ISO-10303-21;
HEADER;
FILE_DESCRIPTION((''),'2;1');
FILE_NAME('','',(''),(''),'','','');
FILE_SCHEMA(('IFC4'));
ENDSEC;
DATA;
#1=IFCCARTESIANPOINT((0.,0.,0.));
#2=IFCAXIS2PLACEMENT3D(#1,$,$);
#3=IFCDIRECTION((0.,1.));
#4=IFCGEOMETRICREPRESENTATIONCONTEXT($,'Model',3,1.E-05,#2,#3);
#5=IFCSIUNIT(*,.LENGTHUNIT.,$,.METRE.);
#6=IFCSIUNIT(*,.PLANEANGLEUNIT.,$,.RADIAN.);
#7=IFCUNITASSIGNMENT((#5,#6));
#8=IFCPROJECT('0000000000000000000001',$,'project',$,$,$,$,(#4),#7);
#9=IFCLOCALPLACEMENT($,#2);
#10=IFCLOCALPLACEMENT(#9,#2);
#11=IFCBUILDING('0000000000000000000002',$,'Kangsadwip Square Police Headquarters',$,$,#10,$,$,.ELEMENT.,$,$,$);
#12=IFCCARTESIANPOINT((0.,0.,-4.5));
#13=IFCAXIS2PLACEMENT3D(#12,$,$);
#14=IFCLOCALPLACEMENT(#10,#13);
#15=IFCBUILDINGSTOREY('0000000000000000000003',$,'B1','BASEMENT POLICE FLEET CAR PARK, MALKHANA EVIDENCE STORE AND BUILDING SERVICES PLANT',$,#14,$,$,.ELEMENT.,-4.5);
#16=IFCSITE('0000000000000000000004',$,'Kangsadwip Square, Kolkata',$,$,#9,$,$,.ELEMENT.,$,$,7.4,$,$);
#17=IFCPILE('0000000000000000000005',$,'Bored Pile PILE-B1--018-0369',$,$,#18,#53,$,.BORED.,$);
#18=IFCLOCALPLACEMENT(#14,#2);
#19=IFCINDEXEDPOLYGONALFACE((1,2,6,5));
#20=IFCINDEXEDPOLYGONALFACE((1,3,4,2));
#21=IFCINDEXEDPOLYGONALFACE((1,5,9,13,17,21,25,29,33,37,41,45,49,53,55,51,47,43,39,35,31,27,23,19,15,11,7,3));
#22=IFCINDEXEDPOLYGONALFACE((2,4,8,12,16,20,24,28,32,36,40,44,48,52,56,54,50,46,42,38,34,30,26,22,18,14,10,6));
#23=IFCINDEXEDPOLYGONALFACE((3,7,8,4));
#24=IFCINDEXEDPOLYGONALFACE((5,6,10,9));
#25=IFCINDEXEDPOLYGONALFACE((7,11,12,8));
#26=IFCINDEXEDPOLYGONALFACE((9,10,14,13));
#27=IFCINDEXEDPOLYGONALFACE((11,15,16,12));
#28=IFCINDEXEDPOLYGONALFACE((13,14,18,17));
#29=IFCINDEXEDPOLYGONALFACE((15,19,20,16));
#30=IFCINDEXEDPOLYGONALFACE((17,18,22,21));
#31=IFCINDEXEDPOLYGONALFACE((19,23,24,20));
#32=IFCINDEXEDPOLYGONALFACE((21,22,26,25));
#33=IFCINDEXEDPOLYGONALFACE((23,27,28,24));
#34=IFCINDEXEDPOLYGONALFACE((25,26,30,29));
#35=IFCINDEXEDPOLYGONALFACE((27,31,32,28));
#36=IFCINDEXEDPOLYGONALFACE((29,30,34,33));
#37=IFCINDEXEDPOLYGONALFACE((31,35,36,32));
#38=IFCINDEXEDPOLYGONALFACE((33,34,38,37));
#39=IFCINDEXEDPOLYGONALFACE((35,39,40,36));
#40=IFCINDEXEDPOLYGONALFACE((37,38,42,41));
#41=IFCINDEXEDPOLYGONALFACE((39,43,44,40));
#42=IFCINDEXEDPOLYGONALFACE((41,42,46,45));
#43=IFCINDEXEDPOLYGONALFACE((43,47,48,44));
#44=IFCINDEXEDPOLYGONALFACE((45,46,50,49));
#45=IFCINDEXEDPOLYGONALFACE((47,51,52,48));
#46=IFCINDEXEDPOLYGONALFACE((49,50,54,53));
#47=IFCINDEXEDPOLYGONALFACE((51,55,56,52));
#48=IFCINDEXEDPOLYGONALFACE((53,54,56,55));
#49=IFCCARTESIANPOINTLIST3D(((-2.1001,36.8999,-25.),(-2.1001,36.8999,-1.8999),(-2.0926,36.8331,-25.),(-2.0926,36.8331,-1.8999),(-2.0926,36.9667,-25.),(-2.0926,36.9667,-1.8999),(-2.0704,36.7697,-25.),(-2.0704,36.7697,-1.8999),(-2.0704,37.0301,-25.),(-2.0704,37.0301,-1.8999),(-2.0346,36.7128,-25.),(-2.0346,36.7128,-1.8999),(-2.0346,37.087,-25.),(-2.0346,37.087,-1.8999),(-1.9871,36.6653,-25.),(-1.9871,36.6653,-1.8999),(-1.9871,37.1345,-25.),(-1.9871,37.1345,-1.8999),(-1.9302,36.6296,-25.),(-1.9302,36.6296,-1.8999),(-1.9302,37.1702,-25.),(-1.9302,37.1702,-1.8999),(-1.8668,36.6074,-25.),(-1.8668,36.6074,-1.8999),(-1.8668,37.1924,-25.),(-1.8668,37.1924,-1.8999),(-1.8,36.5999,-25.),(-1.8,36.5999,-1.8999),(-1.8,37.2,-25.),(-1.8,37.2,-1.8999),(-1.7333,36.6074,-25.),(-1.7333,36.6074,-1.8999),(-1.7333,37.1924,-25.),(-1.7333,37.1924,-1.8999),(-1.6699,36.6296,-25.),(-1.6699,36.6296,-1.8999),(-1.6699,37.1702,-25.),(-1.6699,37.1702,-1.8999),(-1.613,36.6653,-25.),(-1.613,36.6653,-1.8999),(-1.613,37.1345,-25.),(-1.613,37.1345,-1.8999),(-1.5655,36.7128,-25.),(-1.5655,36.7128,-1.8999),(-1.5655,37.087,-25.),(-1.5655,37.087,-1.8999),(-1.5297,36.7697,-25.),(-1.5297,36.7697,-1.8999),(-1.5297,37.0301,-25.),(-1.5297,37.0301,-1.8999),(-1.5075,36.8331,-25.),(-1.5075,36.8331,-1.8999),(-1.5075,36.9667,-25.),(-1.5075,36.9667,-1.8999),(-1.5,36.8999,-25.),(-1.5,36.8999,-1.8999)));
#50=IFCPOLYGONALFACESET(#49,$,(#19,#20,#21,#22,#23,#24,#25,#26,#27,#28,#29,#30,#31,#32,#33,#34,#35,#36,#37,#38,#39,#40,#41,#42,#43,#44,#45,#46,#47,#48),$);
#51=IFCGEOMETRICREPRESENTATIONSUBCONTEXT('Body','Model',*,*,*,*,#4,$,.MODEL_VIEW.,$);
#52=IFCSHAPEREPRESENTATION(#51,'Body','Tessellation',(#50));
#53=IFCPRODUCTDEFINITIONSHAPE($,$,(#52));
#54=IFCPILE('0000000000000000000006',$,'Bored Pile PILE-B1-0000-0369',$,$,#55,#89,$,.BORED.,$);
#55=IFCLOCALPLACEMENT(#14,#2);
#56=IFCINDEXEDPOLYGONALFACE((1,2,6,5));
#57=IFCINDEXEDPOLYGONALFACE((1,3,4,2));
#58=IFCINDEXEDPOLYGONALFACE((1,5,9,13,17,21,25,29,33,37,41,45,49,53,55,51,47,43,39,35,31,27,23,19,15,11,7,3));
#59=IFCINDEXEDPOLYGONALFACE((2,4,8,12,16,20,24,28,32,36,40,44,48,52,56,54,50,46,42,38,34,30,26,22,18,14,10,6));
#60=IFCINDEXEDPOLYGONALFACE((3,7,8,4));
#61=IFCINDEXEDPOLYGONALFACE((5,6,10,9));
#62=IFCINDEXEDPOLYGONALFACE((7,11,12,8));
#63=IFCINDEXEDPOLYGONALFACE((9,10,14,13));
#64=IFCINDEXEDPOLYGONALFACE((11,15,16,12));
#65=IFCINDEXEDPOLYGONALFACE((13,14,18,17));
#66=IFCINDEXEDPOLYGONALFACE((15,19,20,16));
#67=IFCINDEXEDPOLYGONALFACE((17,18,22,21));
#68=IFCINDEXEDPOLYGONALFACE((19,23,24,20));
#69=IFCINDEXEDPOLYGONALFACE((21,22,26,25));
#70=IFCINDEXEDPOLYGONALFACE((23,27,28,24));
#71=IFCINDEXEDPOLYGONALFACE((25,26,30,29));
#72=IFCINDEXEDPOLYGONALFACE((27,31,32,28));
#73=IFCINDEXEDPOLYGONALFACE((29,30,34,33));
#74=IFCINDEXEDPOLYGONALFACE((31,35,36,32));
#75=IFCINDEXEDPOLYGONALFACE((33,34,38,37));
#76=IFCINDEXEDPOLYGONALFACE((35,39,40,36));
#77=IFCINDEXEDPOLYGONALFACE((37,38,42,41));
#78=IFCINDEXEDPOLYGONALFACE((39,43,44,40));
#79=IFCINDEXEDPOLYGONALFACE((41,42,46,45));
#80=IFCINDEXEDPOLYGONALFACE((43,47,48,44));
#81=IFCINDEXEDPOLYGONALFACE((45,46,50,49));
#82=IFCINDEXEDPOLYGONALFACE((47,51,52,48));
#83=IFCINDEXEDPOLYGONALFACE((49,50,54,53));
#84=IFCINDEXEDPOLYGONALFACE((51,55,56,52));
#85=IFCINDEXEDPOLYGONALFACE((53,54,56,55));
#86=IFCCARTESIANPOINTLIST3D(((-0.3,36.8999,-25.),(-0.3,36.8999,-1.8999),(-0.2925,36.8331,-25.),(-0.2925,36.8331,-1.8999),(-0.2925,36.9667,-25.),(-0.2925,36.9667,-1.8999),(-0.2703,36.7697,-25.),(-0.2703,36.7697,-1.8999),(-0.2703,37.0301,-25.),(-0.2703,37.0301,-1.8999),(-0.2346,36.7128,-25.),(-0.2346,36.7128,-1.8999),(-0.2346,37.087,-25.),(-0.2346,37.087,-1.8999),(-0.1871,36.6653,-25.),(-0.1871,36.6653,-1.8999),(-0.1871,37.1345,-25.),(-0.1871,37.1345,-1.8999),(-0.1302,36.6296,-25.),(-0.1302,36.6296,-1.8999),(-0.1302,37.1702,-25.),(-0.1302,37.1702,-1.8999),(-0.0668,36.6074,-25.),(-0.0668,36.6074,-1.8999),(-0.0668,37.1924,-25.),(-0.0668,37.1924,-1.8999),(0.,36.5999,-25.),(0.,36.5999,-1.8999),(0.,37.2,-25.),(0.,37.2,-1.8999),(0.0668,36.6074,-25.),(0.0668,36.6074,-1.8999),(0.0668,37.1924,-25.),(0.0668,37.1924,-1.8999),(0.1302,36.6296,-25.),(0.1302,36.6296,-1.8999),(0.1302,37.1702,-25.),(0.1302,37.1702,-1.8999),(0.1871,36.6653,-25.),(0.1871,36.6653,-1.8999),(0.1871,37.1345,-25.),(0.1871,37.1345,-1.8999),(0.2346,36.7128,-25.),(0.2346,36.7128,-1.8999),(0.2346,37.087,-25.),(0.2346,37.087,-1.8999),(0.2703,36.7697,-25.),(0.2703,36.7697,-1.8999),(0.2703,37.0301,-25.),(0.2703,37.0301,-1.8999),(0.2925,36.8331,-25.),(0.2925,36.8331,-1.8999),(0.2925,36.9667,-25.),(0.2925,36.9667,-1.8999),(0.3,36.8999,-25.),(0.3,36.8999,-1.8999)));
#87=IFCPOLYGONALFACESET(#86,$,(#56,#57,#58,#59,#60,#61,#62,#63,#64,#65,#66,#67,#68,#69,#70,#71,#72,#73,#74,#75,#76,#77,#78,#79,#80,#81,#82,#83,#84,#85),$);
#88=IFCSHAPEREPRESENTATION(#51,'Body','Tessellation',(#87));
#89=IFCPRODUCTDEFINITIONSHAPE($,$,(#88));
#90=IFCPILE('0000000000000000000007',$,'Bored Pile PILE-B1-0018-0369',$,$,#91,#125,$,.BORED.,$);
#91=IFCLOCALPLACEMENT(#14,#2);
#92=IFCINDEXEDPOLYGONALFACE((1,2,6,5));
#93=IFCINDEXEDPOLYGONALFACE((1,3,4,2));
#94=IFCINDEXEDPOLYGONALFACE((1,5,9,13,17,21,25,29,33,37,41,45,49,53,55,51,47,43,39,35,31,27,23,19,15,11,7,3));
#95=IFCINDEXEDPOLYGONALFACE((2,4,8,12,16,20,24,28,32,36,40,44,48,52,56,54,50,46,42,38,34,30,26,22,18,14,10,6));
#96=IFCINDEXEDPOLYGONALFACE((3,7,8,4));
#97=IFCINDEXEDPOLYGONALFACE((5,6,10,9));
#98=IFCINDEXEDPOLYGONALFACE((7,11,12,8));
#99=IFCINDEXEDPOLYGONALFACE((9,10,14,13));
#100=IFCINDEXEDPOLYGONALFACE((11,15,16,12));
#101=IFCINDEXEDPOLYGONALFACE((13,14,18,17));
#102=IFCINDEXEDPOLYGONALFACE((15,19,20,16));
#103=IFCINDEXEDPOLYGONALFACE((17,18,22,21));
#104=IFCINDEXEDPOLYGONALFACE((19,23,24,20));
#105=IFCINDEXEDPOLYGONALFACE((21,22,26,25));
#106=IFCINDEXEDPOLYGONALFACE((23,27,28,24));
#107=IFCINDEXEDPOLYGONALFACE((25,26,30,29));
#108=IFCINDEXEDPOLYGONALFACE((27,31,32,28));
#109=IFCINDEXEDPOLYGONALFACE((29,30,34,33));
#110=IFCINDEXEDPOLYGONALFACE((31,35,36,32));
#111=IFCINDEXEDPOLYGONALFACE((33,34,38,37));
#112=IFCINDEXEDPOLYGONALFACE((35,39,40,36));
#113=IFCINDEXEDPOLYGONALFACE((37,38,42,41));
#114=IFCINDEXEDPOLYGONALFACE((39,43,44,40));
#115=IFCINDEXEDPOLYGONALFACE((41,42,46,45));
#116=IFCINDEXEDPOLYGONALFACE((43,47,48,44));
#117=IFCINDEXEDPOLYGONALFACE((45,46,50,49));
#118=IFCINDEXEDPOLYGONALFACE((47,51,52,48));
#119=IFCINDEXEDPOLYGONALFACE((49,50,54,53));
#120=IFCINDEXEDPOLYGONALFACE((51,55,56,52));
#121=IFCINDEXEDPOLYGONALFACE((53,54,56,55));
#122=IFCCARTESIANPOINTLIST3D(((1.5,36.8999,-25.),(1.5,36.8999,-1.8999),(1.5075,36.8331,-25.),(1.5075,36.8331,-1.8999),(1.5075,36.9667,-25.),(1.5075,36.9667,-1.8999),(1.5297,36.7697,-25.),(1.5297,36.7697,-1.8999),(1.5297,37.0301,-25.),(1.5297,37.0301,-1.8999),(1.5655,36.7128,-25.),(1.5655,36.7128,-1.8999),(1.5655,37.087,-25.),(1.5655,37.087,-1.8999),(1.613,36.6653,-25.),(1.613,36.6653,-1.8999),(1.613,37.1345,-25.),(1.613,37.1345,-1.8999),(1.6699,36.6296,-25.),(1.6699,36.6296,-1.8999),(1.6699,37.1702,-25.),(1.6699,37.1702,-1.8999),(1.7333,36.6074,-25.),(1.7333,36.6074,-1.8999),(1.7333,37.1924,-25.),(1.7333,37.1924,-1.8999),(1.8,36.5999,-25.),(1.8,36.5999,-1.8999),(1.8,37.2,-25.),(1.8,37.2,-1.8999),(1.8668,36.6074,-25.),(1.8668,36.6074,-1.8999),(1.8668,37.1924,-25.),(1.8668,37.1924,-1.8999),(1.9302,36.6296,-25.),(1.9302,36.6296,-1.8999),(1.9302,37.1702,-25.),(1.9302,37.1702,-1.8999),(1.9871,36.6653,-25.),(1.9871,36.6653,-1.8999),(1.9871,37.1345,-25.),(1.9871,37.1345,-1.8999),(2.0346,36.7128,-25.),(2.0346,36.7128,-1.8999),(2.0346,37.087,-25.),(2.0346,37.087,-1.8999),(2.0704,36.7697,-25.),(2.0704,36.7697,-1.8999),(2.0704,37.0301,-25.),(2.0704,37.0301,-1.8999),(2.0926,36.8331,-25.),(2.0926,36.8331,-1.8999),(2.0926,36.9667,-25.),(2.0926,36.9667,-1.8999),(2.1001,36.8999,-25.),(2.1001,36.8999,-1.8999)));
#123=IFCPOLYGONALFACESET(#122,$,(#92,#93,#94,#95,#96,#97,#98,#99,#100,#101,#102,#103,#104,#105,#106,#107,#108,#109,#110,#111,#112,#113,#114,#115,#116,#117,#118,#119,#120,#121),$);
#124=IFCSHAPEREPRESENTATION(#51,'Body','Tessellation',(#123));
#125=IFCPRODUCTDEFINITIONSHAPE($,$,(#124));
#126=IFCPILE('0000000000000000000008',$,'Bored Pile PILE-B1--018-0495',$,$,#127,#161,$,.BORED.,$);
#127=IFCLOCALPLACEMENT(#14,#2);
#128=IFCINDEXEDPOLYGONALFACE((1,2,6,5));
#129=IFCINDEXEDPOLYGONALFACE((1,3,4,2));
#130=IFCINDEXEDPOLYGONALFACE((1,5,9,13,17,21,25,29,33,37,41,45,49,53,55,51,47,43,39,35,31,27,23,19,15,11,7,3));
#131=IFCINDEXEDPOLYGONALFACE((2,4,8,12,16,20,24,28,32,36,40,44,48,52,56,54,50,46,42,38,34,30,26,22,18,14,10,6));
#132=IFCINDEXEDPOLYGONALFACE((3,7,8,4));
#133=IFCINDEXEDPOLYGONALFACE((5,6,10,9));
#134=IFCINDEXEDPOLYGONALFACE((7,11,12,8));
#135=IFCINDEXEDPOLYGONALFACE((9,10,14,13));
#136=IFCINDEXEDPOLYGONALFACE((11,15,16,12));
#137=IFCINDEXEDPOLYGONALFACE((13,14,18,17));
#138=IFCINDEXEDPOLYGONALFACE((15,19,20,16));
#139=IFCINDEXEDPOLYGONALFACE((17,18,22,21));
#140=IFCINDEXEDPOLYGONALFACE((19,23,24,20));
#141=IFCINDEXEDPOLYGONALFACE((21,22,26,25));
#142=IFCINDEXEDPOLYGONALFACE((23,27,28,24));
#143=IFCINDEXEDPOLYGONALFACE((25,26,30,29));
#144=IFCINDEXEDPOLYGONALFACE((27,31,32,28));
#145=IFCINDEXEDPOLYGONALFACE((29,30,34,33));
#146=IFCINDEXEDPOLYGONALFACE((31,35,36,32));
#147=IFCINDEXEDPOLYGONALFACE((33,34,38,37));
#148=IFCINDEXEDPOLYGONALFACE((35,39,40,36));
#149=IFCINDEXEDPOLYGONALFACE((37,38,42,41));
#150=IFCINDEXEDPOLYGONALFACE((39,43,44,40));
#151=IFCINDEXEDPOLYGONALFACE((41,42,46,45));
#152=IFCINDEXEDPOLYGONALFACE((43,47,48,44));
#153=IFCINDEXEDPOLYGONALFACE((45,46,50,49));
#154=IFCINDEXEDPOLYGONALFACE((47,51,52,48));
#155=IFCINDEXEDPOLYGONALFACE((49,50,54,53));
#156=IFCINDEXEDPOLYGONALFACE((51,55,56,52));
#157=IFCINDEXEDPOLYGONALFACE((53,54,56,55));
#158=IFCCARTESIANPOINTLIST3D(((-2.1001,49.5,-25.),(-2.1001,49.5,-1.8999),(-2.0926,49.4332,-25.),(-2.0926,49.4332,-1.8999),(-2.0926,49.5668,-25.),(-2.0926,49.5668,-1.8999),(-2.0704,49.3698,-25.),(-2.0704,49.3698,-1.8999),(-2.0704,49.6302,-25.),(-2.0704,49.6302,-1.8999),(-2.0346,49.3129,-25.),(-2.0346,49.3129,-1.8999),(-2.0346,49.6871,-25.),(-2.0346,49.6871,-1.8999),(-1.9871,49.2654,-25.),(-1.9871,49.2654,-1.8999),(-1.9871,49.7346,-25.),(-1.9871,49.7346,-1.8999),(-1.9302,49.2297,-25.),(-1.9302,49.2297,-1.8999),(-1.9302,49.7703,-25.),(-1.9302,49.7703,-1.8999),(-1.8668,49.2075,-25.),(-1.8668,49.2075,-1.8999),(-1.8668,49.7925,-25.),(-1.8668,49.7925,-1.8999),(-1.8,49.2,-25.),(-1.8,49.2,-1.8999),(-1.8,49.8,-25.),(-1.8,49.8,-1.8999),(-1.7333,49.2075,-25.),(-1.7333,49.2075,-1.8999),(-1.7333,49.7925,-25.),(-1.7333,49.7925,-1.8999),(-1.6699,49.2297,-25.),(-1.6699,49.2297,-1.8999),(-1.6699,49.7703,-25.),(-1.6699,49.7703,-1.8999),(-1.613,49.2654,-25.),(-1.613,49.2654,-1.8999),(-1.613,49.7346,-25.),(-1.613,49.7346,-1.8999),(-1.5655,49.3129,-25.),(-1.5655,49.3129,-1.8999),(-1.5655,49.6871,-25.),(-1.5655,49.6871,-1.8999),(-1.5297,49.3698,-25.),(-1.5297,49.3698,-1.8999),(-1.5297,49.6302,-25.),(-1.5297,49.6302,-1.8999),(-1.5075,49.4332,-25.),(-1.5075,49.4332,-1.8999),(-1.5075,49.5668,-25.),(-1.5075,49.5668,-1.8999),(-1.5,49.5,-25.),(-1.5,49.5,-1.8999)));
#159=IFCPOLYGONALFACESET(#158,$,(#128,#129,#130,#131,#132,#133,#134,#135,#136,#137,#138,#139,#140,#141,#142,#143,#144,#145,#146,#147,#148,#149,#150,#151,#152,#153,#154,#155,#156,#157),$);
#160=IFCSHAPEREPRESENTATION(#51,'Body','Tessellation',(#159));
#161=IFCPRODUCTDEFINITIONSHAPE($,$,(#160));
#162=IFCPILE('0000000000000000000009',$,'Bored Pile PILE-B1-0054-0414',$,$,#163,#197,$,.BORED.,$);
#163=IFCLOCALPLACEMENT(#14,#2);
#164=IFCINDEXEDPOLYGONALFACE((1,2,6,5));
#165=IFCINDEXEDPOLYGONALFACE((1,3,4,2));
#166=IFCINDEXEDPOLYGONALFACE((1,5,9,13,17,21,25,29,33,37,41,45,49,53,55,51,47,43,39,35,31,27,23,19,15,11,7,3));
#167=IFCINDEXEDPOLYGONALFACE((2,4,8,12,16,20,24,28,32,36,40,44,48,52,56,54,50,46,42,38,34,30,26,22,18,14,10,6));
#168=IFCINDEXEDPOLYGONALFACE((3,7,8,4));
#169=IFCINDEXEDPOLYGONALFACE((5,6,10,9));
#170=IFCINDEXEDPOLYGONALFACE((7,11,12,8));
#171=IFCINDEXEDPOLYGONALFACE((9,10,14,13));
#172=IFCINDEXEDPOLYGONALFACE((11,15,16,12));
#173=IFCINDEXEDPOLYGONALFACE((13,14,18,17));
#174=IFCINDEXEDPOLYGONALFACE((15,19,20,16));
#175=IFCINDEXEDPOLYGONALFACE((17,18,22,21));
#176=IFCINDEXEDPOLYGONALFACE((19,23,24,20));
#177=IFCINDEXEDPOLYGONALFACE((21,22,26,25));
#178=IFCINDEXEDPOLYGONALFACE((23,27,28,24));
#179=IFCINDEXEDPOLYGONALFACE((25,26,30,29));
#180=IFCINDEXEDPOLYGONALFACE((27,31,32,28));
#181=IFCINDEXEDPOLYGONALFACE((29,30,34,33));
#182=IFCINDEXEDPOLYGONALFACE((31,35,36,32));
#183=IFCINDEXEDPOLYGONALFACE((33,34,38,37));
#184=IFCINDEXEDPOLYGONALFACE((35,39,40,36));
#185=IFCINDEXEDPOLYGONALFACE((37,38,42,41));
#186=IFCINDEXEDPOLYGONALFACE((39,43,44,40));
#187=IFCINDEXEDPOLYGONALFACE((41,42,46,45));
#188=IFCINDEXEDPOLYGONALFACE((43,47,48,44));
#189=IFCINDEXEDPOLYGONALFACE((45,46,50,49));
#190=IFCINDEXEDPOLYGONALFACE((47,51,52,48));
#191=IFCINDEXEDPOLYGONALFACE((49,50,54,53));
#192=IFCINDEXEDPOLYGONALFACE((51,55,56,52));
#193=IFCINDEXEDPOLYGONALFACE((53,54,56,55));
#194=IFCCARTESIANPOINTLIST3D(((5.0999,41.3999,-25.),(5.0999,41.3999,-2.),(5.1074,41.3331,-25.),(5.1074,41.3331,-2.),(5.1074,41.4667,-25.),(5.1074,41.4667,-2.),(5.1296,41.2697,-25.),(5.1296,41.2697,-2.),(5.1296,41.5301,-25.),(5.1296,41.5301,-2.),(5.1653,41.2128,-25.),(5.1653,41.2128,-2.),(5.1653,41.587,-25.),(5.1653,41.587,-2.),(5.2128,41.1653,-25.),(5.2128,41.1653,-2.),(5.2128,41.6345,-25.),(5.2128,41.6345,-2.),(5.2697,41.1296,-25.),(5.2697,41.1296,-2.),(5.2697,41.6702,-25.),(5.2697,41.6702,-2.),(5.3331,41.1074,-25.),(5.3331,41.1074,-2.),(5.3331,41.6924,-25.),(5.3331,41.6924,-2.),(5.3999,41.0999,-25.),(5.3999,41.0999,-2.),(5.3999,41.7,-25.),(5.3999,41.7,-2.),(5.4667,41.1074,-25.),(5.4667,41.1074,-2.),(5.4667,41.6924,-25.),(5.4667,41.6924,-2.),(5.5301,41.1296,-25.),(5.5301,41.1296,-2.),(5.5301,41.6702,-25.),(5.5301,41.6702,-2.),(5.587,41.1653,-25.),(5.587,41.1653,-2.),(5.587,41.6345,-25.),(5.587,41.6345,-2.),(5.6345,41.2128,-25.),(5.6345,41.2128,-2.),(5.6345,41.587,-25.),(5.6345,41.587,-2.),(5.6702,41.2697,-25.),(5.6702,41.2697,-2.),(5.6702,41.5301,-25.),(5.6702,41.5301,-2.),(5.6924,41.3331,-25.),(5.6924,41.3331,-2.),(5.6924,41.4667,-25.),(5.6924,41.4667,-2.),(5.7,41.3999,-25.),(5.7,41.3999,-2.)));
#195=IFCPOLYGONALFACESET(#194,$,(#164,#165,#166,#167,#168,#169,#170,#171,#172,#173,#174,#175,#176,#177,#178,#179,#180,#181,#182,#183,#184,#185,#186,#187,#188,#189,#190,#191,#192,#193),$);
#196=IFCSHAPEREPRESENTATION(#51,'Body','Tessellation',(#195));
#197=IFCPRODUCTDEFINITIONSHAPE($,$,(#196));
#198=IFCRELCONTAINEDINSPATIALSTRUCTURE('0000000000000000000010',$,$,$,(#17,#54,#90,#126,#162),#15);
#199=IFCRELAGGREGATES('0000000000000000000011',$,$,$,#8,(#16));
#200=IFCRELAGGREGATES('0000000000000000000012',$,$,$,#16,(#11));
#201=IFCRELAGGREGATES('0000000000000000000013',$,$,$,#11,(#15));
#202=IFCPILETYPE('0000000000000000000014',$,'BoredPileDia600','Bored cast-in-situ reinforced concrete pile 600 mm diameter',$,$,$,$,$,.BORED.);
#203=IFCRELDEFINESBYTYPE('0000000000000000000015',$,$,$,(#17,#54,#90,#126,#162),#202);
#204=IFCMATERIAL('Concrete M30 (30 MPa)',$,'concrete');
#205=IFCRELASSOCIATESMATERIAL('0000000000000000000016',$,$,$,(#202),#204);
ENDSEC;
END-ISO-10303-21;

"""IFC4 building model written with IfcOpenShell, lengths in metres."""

from ifc_helpers import new_model, si_unit, direction, frame, origin, origin_2d, place, context, subcontext, project, spatial, circle, extrude, material, material_profile, profile_set, type_object, element, save


model = new_model("IFC4")

# Units and contexts
model_context = context("Model", 3, precision=1e-05, world=origin(), true_north=direction((0.0, 1.0)))
body_context = subcontext(model_context, "Body", "Model", "MODEL_VIEW")
ifc_project = project(units=[si_unit("LENGTHUNIT", "METRE"), si_unit("PLANEANGLEUNIT", "RADIAN")], contexts=[model_context])

# Site, building, storey
site_placement = place(None, origin())
site = spatial("IfcSite", under=ifc_project, at=site_placement, Name="Kangsadwip Square, Kolkata", CompositionType="ELEMENT", RefElevation=7.4)
building_placement = place(site_placement, origin())
building = spatial("IfcBuilding", under=site, at=building_placement, Name="Kangsadwip Square Police Headquarters", CompositionType="ELEMENT")
storey_placement = place(building_placement, frame((0.0, 0.0, -4.5)))
storey = spatial("IfcBuildingStorey", under=building, at=storey_placement, Name="B1", Description="BASEMENT POLICE FLEET CAR PARK, MALKHANA EVIDENCE STORE AND BUILDING SERVICES PLANT", CompositionType="ELEMENT", Elevation=-4.5)

# Piles
ifc_material_1 = material(Name="Concrete M30 (30 MPa)", Category="concrete")
ifc_material_profile_1 = material_profile(ifc_material_1, circle(Radius=0.3, at=origin_2d()), Name="PILE DIA 600")
ifc_profile_set_1 = profile_set([ifc_material_profile_1], Name="Concrete M30 (30 MPa)")
pile_type_1 = type_object("IfcPileType", Name="BoredPileDia600", Description="Bored cast-in-situ reinforced concrete pile 600 mm diameter", PredefinedType="BORED", material=ifc_profile_set_1)
for number, where, z_axis, x_axis, name in (
    (1, (-1.8, 36.8999, -1.8999), (0.0, 0.0, -1.0), (1.0, 0.0, 0.0), "Bored Pile PILE-B1--018-0369"),
    (2, (0.0, 36.8999, -1.8999), (0.0, 0.0, -1.0), (1.0, 0.0, 0.0), "Bored Pile PILE-B1-0000-0369"),
    (3, (1.8, 36.8999, -1.8999), (0.0, 0.0, -1.0), (1.0, 0.0, 0.0), "Bored Pile PILE-B1-0018-0369"),
    (4, (-1.8, 49.5, -1.8999), (0.0, 0.0, -1.0), (1.0, 0.0, 0.0), "Bored Pile PILE-B1--018-0495"),
):
    element("IfcPile", number, at=place(storey_placement, frame(where, z_axis=z_axis, x_axis=x_axis)), inside=storey, type_object=pile_type_1, Name=name, PredefinedType="BORED", context=body_context, shape_type="SweptSolid", body=[
        extrude(circle(Radius=0.3, at=origin_2d()), origin(), (0.0, 0.0, 1.0), 23.1001),
    ])
for number, where, z_axis, x_axis, name in (
    (5, (5.3999, 41.3999, -2.0), (0.0, 0.0, -1.0), (1.0, 0.0, 0.0), "Bored Pile PILE-B1-0054-0414"),
):
    element("IfcPile", number, at=place(storey_placement, frame(where, z_axis=z_axis, x_axis=x_axis)), inside=storey, type_object=pile_type_1, Name=name, PredefinedType="BORED", context=body_context, shape_type="SweptSolid", body=[
        extrude(circle(Radius=0.3, at=origin_2d()), origin(), (0.0, 0.0, 1.0), 23.0),
    ])

save(model, "model.ifc")
